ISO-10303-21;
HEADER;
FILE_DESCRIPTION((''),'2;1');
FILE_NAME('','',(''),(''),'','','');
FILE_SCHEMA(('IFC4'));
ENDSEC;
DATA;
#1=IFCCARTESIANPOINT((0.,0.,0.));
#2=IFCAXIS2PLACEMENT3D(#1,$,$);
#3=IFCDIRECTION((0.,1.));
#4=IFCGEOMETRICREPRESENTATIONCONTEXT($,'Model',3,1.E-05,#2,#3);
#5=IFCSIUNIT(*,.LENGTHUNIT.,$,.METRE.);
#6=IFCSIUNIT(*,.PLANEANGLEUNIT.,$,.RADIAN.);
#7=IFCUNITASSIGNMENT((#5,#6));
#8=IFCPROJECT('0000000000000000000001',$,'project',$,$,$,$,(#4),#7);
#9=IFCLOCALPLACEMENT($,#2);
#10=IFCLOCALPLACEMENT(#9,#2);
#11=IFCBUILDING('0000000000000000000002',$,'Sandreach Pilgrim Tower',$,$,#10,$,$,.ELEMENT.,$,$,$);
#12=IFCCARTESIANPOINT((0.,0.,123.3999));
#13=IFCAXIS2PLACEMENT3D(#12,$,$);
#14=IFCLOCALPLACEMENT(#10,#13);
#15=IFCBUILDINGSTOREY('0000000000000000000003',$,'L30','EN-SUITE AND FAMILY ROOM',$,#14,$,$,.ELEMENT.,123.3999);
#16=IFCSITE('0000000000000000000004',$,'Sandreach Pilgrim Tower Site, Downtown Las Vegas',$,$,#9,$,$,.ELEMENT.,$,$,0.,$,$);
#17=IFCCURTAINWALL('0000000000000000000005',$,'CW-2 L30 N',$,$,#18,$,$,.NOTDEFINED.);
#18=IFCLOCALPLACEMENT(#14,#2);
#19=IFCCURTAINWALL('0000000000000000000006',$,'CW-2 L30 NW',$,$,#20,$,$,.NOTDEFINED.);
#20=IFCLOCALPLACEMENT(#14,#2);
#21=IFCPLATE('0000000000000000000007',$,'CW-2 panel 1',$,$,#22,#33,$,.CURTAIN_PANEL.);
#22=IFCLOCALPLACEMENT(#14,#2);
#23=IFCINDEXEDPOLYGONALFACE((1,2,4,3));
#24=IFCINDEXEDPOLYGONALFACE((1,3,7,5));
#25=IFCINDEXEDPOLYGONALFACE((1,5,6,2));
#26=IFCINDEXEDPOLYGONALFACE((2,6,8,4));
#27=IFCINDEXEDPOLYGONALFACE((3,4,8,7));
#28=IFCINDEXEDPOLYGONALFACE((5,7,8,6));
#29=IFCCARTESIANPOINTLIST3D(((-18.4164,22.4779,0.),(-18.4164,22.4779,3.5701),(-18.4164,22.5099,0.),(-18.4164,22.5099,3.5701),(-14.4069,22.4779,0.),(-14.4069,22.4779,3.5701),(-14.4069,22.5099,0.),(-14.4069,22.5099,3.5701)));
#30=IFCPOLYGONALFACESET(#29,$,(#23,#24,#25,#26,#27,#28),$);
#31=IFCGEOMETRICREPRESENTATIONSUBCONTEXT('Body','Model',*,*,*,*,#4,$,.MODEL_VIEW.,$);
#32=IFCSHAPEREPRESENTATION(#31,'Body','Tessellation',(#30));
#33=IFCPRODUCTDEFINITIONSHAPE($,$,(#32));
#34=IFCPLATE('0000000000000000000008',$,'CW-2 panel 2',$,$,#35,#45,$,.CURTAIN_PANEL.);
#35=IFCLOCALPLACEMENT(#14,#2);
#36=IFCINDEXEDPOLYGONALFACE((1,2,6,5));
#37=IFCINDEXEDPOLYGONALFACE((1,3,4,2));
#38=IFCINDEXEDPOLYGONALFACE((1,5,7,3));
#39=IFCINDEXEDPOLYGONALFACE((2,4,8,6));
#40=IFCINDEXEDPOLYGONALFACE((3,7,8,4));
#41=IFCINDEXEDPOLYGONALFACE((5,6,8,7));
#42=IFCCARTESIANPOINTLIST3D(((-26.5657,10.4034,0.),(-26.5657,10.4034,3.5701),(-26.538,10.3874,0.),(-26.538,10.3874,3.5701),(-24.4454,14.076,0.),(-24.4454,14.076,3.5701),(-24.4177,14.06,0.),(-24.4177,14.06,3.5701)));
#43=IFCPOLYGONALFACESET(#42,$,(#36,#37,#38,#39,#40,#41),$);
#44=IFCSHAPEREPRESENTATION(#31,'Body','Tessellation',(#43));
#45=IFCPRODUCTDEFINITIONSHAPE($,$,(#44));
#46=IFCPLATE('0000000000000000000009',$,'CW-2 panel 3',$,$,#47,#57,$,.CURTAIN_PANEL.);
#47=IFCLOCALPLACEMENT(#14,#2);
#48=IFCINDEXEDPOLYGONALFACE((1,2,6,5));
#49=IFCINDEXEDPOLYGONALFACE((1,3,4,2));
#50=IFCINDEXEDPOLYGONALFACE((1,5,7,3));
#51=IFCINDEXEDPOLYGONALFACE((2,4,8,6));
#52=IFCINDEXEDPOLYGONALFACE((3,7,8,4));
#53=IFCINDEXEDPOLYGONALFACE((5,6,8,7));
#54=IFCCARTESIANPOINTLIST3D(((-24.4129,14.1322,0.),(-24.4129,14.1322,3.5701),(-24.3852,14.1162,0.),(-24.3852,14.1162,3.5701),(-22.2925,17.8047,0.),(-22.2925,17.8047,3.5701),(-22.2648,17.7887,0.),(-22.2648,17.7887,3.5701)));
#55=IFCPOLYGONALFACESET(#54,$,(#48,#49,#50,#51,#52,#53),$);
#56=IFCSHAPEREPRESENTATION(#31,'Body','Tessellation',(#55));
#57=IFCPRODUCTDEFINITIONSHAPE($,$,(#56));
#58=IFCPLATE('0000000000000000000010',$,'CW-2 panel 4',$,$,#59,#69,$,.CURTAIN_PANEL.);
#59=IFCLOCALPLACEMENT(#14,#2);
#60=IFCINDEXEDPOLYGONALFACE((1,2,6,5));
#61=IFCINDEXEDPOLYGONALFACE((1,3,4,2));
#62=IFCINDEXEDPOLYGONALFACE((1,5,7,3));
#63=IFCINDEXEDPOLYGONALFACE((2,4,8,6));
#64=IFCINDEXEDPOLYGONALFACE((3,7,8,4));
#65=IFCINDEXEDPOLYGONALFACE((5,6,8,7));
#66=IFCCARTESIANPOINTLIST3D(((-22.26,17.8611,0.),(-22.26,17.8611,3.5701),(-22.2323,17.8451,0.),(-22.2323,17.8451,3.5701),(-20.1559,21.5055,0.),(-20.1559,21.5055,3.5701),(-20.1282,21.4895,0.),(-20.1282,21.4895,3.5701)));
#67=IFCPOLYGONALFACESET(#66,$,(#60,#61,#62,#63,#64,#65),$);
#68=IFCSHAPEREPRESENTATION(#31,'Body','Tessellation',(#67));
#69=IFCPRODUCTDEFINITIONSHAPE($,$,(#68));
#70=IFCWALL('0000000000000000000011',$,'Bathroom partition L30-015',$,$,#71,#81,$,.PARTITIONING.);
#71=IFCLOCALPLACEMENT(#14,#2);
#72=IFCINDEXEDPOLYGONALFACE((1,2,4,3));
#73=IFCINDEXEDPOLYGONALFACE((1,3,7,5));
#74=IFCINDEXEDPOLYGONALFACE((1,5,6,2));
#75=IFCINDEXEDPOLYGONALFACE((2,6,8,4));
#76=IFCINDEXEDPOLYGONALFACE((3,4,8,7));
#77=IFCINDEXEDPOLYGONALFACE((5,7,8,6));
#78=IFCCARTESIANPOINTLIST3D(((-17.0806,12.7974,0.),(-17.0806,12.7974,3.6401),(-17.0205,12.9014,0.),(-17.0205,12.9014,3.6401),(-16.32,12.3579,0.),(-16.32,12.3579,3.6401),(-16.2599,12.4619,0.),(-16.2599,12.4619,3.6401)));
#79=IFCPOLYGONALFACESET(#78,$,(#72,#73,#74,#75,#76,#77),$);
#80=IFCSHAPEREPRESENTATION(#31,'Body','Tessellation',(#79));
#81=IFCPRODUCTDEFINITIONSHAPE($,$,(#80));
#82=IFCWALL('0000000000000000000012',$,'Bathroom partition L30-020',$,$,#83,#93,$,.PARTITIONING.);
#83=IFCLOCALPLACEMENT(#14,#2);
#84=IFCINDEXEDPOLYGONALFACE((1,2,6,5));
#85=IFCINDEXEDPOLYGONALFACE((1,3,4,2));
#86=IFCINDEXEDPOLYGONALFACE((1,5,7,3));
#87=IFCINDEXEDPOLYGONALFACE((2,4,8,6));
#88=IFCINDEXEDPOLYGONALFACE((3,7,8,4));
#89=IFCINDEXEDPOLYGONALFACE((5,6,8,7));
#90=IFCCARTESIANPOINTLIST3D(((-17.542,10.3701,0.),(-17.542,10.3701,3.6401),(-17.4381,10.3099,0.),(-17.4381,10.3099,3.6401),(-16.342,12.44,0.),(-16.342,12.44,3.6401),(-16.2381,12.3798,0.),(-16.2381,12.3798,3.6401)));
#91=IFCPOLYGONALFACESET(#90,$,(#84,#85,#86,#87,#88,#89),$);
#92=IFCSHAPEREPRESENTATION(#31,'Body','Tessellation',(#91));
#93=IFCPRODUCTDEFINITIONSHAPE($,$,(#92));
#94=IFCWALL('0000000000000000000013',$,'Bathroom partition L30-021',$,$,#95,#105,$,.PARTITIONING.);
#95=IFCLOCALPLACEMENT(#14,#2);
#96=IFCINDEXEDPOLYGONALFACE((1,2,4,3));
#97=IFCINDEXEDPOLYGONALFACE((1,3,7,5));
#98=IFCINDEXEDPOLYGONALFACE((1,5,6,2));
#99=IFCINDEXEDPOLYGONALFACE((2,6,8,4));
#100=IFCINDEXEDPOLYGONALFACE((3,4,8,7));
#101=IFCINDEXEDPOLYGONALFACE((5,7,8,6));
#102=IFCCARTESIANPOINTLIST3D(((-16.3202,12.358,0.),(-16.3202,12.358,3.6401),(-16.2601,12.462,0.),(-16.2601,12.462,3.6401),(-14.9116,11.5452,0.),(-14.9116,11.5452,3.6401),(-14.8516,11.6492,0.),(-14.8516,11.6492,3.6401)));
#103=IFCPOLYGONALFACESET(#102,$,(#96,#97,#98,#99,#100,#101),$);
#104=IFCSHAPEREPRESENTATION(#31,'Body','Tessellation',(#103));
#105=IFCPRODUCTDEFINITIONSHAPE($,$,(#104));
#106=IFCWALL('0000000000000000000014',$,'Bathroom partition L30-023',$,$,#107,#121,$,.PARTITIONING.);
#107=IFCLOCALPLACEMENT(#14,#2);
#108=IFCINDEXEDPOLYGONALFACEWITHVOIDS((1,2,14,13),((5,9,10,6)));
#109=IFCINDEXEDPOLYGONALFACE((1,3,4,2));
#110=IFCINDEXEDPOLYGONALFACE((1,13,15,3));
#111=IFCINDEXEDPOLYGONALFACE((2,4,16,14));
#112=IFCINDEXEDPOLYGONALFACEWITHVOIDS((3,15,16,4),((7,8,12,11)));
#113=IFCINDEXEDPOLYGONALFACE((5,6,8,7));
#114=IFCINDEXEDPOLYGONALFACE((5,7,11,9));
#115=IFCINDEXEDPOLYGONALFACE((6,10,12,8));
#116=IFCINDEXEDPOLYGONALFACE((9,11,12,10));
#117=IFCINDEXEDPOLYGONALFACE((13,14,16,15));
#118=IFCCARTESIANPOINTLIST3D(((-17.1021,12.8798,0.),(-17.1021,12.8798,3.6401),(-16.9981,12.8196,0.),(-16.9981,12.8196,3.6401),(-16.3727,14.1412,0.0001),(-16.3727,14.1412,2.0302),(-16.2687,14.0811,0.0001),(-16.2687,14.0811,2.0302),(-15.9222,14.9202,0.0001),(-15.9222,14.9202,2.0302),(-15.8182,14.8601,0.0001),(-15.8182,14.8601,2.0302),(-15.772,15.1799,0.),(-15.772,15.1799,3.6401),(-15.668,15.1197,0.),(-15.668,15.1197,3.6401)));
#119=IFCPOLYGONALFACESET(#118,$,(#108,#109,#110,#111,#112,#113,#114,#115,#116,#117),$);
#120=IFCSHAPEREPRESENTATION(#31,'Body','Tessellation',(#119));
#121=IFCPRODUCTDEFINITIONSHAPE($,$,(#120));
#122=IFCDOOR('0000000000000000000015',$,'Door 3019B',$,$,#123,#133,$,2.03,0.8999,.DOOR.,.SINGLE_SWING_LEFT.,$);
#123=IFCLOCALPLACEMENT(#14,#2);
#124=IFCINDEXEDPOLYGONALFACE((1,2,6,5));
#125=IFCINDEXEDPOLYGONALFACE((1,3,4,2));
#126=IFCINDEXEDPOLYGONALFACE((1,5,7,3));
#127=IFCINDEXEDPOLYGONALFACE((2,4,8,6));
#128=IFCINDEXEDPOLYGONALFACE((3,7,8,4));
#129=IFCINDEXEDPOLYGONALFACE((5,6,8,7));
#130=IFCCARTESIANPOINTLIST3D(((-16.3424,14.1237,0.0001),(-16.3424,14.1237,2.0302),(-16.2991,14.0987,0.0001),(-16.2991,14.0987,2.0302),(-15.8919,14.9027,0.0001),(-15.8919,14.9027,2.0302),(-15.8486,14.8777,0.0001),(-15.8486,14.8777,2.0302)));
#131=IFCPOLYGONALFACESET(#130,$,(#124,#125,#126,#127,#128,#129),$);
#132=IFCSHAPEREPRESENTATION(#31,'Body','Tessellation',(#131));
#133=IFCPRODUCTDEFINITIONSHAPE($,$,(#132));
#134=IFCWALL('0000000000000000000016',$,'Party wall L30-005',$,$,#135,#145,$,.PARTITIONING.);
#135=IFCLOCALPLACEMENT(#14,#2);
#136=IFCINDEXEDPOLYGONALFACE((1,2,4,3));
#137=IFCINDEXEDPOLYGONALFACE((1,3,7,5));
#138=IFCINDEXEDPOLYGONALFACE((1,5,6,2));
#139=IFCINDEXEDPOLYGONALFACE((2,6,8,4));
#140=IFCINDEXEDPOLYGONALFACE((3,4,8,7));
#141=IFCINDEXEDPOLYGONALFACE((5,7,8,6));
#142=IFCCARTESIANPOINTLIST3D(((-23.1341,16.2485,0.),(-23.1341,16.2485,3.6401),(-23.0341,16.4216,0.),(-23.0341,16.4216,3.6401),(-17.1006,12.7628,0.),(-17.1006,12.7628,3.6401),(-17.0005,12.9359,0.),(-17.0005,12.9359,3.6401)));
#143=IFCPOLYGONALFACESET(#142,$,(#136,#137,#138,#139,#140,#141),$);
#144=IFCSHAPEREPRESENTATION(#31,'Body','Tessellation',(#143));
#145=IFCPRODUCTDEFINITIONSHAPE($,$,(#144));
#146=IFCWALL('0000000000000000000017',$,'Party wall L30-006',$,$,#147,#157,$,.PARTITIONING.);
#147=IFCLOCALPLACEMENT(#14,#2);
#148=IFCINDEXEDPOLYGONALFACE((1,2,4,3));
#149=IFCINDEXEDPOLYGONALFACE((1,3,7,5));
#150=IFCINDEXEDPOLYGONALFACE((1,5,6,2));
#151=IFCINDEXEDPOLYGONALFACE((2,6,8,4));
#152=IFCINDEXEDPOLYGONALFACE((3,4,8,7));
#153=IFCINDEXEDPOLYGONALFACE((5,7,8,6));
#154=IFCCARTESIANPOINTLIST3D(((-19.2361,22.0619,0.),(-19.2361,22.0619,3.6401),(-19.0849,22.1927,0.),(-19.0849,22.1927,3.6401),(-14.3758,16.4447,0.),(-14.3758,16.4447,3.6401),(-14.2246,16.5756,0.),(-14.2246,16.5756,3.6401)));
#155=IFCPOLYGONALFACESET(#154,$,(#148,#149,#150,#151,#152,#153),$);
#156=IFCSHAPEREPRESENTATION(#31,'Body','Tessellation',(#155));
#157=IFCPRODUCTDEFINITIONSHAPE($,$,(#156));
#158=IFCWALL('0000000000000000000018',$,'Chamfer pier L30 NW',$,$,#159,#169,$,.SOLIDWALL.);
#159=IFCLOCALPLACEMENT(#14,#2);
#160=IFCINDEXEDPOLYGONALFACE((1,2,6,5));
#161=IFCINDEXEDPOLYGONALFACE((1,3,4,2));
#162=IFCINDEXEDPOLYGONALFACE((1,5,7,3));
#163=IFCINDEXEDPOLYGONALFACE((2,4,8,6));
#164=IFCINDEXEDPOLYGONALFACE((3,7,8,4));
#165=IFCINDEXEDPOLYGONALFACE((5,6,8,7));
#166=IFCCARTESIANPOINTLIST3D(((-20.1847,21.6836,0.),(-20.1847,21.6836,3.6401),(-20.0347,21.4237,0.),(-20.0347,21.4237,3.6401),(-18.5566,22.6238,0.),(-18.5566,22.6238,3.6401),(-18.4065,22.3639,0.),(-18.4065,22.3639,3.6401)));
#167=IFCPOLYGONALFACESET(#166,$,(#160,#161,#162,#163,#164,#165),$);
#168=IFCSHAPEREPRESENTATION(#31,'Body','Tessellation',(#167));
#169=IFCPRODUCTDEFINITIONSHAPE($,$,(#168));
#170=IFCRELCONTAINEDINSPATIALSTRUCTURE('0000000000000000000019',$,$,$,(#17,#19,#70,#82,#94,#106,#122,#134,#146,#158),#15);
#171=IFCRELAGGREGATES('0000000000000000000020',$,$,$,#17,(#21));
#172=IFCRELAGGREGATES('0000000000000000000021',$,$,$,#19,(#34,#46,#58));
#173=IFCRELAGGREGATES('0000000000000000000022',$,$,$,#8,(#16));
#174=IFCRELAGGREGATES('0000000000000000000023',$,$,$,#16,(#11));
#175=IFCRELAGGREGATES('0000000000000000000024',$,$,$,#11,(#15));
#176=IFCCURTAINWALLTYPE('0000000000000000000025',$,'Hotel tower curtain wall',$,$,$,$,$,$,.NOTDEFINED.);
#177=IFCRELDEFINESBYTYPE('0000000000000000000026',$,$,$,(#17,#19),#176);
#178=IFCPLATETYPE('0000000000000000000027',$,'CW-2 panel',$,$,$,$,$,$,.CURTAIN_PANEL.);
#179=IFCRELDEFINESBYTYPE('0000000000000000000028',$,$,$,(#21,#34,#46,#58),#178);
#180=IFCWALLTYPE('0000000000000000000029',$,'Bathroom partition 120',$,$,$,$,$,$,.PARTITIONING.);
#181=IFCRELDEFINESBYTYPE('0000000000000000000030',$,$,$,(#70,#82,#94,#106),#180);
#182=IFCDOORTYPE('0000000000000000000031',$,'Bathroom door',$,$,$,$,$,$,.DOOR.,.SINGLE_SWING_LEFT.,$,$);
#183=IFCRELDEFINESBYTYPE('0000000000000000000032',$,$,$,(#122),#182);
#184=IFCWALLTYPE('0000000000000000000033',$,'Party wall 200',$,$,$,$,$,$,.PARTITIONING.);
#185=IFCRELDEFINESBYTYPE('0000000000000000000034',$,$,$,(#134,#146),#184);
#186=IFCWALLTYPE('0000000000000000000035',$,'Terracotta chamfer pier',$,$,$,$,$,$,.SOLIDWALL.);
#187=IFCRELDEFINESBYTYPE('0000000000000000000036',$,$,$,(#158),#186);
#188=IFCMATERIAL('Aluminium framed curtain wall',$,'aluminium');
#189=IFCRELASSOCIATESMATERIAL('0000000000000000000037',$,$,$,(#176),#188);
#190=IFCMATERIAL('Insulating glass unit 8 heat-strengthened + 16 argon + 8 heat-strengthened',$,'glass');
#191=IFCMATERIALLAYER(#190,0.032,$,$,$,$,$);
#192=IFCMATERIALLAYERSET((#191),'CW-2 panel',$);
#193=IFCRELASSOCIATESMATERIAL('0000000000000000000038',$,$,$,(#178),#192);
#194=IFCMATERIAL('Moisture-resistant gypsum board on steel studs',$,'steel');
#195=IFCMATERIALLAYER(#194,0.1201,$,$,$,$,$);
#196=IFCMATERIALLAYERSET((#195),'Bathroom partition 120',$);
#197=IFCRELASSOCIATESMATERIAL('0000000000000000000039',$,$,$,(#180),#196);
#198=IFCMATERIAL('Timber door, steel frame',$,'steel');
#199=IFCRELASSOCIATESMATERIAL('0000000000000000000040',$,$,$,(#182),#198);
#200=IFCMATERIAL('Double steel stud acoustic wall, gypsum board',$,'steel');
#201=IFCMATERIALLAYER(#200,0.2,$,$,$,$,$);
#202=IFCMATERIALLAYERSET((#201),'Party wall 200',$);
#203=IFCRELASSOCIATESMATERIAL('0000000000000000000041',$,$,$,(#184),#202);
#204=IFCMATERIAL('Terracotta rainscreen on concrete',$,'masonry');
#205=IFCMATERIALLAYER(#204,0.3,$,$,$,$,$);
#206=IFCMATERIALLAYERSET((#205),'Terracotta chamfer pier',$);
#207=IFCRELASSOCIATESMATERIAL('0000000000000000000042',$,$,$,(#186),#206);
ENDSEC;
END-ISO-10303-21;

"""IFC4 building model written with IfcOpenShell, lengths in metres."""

from ifc_helpers import new_model, si_unit, direction, frame, frame_2d, origin, origin_2d, place, context, subcontext, project, spatial, rectangle, extrude, material, layer, layer_set, type_object, element, fill, aggregate, save


model = new_model("IFC4")

# Units and contexts
model_context = context("Model", 3, precision=1e-05, world=origin(), true_north=direction((0.0, 1.0)))
body_context = subcontext(model_context, "Body", "Model", "MODEL_VIEW")
ifc_project = project(units=[si_unit("LENGTHUNIT", "METRE"), si_unit("PLANEANGLEUNIT", "RADIAN")], contexts=[model_context])

# Site, building, storey
site_placement = place(None, origin())
site = spatial("IfcSite", under=ifc_project, at=site_placement, Name="Sandreach Pilgrim Tower Site, Downtown Las Vegas", CompositionType="ELEMENT", RefElevation=0.0)
building_placement = place(site_placement, origin())
building = spatial("IfcBuilding", under=site, at=building_placement, Name="Sandreach Pilgrim Tower", CompositionType="ELEMENT")
storey_placement = place(building_placement, frame((0.0, 0.0, 123.3999)))
storey = spatial("IfcBuildingStorey", under=building, at=storey_placement, Name="L30", Description="EN-SUITE AND FAMILY ROOM", CompositionType="ELEMENT", Elevation=123.3999)

# Curtain wall
ifc_material_1 = material(Name="Aluminium framed curtain wall", Category="aluminium")
curtain_wall_type = type_object("IfcCurtainWallType", Name="Hotel tower curtain wall", PredefinedType="NOTDEFINED", material=ifc_material_1)
curtain_wall_1_placement = place(storey_placement, origin())
curtain_wall_1 = element("IfcCurtainWall", 1, at=curtain_wall_1_placement, inside=storey, type_object=curtain_wall_type, Name="CW-2 L30 N", PredefinedType="NOTDEFINED")

# Curtain wall
curtain_wall_2_placement = place(storey_placement, origin())
curtain_wall_2 = element("IfcCurtainWall", 2, at=curtain_wall_2_placement, inside=storey, type_object=curtain_wall_type, Name="CW-2 L30 NW", PredefinedType="NOTDEFINED")

# Plates
ifc_material_2 = material(Name="Insulating glass unit 8 heat-strengthened + 16 argon + 8 heat-strengthened", Category="glass")
ifc_layer_1 = layer(ifc_material_2, 0.032)
ifc_layer_set_1 = layer_set([ifc_layer_1], Name="CW-2 panel")
plate_type = type_object("IfcPlateType", Name="CW-2 panel", PredefinedType="CURTAIN_PANEL", material=ifc_layer_set_1)
plate_1_placement = place(storey_placement, frame((-16.4116, 22.4939, 0.0), z_axis=(0.0, 0.0, 1.0), x_axis=(1.0, 0.0, 0.0)))
plate_1 = element("IfcPlate", 3, at=plate_1_placement, type_object=plate_type, Name="CW-2 panel 1", PredefinedType="CURTAIN_PANEL", context=body_context, shape_type="SweptSolid", body=[
    extrude(rectangle(XDim=4.0095, YDim=0.032, at=origin_2d()), origin(), (0.0, 0.0, 1.0), 3.5701),
])
aggregate(curtain_wall_1, [plate_1])
plate_2_placement = place(storey_placement, frame((-25.4917, 12.2317, 0.0), z_axis=(0.0, 0.0, 1.0), x_axis=(0.5, 0.866025, 0.0)))
plate_2 = element("IfcPlate", 4, at=plate_2_placement, type_object=plate_type, Name="CW-2 panel 2", PredefinedType="CURTAIN_PANEL", context=body_context, shape_type="SweptSolid", body=[
    extrude(rectangle(XDim=4.2407, YDim=0.032, at=origin_2d()), origin(), (0.0, 0.0, 1.0), 3.5701),
])
plate_3_placement = place(storey_placement, frame((-23.3389, 15.9604, 0.0), z_axis=(0.0, 0.0, 1.0), x_axis=(0.5, 0.866025, 0.0)))
plate_3 = element("IfcPlate", 5, at=plate_3_placement, type_object=plate_type, Name="CW-2 panel 3", PredefinedType="CURTAIN_PANEL", context=body_context, shape_type="SweptSolid", body=[
    extrude(rectangle(XDim=4.2407, YDim=0.032, at=origin_2d()), origin(), (0.0, 0.0, 1.0), 3.5701),
])
plate_4_placement = place(storey_placement, frame((-21.1941, 19.6753, 0.0), z_axis=(0.0, 0.0, 1.0), x_axis=(0.5, 0.866025, 0.0)))
plate_4 = element("IfcPlate", 6, at=plate_4_placement, type_object=plate_type, Name="CW-2 panel 4", PredefinedType="CURTAIN_PANEL", context=body_context, shape_type="SweptSolid", body=[
    extrude(rectangle(XDim=4.2083, YDim=0.032, at=origin_2d()), origin(), (0.0, 0.0, 1.0), 3.5701),
])
aggregate(curtain_wall_2, [plate_2, plate_3, plate_4])

# Walls
ifc_material_3 = material(Name="Moisture-resistant gypsum board on steel studs", Category="steel")
ifc_layer_2 = layer(ifc_material_3, 0.1201)
ifc_layer_set_2 = layer_set([ifc_layer_2], Name="Bathroom partition 120")
wall_type_1 = type_object("IfcWallType", Name="Bathroom partition 120", PredefinedType="PARTITIONING", material=ifc_layer_set_2)
wall_1_placement = place(storey_placement, frame((-17.0505, 12.8494, 0.0), z_axis=(0.0, 0.0, 1.0), x_axis=(0.865838, -0.500324, 0.0)))
element("IfcWall", 7, at=wall_1_placement, inside=storey, type_object=wall_type_1, Name="Bathroom partition L30-015", PredefinedType="PARTITIONING", context=body_context, shape_type="SweptSolid", body=[
    extrude(rectangle(XDim=0.8784, YDim=0.1201, at=frame_2d((0.4392, 0.0))), origin(), (0.0, 0.0, 1.0), 3.6401),
])
wall_2_placement = place(storey_placement, frame((-16.29, 12.4099, 0.0), z_axis=(0.0, 0.0, 1.0), x_axis=(-0.501547, -0.86513, 0.0)))
element("IfcWall", 8, at=wall_2_placement, inside=storey, type_object=wall_type_1, Name="Bathroom partition L30-020", PredefinedType="PARTITIONING", context=body_context, shape_type="SweptSolid", body=[
    extrude(rectangle(XDim=2.3926, YDim=0.1201, at=frame_2d((1.1963, 0.0))), origin(), (0.0, 0.0, 1.0), 3.6401),
])
wall_3_placement = place(storey_placement, frame((-16.29, 12.4099, 0.0), z_axis=(0.0, 0.0, 1.0), x_axis=(0.866138, -0.499805, 0.0)))
element("IfcWall", 9, at=wall_3_placement, inside=storey, type_object=wall_type_1, Name="Bathroom partition L30-021", PredefinedType="PARTITIONING", context=body_context, shape_type="SweptSolid", body=[
    extrude(rectangle(XDim=1.6262, YDim=0.1201, at=frame_2d((0.813, 0.0))), origin(), (0.0, 0.0, 1.0), 3.6401),
])

# Wall, opening, door
wall_4_placement = place(storey_placement, frame((-15.72, 15.1499, 0.0), z_axis=(0.0, 0.0, 1.0), x_axis=(-0.500605, -0.865676, 0.0)))
wall_4 = element("IfcWall", 10, at=wall_4_placement, inside=storey, type_object=wall_type_1, Name="Bathroom partition L30-023", PredefinedType="PARTITIONING", context=body_context, shape_type="SweptSolid", body=[
    extrude(rectangle(XDim=2.657, YDim=0.1201, at=frame_2d((1.3286, 0.0))), origin(), (0.0, 0.0, 1.0), 3.6401),
])
opening_placement = place(wall_4_placement, frame((0.3, 0.0, 0.0)))
opening = element("IfcOpeningElement", 11, at=opening_placement, cuts=wall_4, PredefinedType="OPENING", context=body_context, shape_type="SweptSolid", body=[
    extrude(rectangle(XDim=0.8999, YDim=2.03, at=frame_2d((0.45, 1.0151))), frame((0.0, 0.0601, 0.0), z_axis=(0.0, -1.0, 0.0), x_axis=(1.0, 0.0, 0.0)), (0.0, 0.0, 1.0), 0.1201),
])
ifc_material_4 = material(Name="Timber door, steel frame", Category="steel")
door_type = type_object("IfcDoorType", Name="Bathroom door", OperationType="SINGLE_SWING_LEFT", PredefinedType="DOOR", material=ifc_material_4)
door_placement = place(opening_placement, origin())
door = element("IfcDoor", 12, at=door_placement, inside=storey, type_object=door_type, Name="Door 3019B", OperationType="SINGLE_SWING_LEFT", OverallHeight=2.03, OverallWidth=0.8999, PredefinedType="DOOR", context=body_context, shape_type="SweptSolid", body=[
    extrude(rectangle(XDim=0.8999, YDim=2.03, at=frame_2d((0.45, 1.0151))), frame((0.0, 0.0249, 0.0), z_axis=(0.0, -1.0, 0.0), x_axis=(1.0, 0.0, 0.0)), (0.0, 0.0, 1.0), 0.05),
])
fill(opening, door)

# Walls
ifc_material_5 = material(Name="Double steel stud acoustic wall, gypsum board", Category="steel")
ifc_layer_3 = layer(ifc_material_5, 0.2)
ifc_layer_set_3 = layer_set([ifc_layer_3], Name="Party wall 200")
wall_type_2 = type_object("IfcWallType", Name="Party wall 200", PredefinedType="PARTITIONING", material=ifc_layer_set_3)
wall_5_placement = place(storey_placement, frame((-23.084, 16.335, 0.0), z_axis=(0.0, 0.0, 1.0), x_axis=(0.86589, -0.500235, 0.0)))
element("IfcWall", 13, at=wall_5_placement, inside=storey, type_object=wall_type_2, Name="Party wall L30-005", PredefinedType="PARTITIONING", context=body_context, shape_type="SweptSolid", body=[
    extrude(rectangle(XDim=6.968, YDim=0.2, at=frame_2d((3.4839, 0.0))), origin(), (0.0, 0.0, 1.0), 3.6401),
])
wall_6_placement = place(storey_placement, frame((-19.1604, 22.1272, 0.0), z_axis=(0.0, 0.0, 1.0), x_axis=(0.654325, -0.756214, 0.0)))
element("IfcWall", 14, at=wall_6_placement, inside=storey, type_object=wall_type_2, Name="Party wall L30-006", PredefinedType="PARTITIONING", context=body_context, shape_type="SweptSolid", body=[
    extrude(rectangle(XDim=7.428, YDim=0.2, at=frame_2d((3.7139, 0.0))), origin(), (0.0, 0.0, 1.0), 3.6401),
])
ifc_material_6 = material(Name="Terracotta rainscreen on concrete", Category="masonry")
ifc_layer_4 = layer(ifc_material_6, 0.3)
ifc_layer_set_4 = layer_set([ifc_layer_4], Name="Terracotta chamfer pier")
wall_type_3 = type_object("IfcWallType", Name="Terracotta chamfer pier", PredefinedType="SOLIDWALL", material=ifc_layer_set_4)
wall_7_placement = place(storey_placement, frame((-20.1096, 21.5537, 0.0), z_axis=(0.0, 0.0, 1.0), x_axis=(0.865989, 0.500063, 0.0)))
element("IfcWall", 15, at=wall_7_placement, inside=storey, type_object=wall_type_3, Name="Chamfer pier L30 NW", PredefinedType="SOLIDWALL", context=body_context, shape_type="SweptSolid", body=[
    extrude(rectangle(XDim=1.8801, YDim=0.3, at=frame_2d((0.9399, 0.0))), origin(), (0.0, 0.0, 1.0), 3.6401),
])

save(model, "model.ifc")
